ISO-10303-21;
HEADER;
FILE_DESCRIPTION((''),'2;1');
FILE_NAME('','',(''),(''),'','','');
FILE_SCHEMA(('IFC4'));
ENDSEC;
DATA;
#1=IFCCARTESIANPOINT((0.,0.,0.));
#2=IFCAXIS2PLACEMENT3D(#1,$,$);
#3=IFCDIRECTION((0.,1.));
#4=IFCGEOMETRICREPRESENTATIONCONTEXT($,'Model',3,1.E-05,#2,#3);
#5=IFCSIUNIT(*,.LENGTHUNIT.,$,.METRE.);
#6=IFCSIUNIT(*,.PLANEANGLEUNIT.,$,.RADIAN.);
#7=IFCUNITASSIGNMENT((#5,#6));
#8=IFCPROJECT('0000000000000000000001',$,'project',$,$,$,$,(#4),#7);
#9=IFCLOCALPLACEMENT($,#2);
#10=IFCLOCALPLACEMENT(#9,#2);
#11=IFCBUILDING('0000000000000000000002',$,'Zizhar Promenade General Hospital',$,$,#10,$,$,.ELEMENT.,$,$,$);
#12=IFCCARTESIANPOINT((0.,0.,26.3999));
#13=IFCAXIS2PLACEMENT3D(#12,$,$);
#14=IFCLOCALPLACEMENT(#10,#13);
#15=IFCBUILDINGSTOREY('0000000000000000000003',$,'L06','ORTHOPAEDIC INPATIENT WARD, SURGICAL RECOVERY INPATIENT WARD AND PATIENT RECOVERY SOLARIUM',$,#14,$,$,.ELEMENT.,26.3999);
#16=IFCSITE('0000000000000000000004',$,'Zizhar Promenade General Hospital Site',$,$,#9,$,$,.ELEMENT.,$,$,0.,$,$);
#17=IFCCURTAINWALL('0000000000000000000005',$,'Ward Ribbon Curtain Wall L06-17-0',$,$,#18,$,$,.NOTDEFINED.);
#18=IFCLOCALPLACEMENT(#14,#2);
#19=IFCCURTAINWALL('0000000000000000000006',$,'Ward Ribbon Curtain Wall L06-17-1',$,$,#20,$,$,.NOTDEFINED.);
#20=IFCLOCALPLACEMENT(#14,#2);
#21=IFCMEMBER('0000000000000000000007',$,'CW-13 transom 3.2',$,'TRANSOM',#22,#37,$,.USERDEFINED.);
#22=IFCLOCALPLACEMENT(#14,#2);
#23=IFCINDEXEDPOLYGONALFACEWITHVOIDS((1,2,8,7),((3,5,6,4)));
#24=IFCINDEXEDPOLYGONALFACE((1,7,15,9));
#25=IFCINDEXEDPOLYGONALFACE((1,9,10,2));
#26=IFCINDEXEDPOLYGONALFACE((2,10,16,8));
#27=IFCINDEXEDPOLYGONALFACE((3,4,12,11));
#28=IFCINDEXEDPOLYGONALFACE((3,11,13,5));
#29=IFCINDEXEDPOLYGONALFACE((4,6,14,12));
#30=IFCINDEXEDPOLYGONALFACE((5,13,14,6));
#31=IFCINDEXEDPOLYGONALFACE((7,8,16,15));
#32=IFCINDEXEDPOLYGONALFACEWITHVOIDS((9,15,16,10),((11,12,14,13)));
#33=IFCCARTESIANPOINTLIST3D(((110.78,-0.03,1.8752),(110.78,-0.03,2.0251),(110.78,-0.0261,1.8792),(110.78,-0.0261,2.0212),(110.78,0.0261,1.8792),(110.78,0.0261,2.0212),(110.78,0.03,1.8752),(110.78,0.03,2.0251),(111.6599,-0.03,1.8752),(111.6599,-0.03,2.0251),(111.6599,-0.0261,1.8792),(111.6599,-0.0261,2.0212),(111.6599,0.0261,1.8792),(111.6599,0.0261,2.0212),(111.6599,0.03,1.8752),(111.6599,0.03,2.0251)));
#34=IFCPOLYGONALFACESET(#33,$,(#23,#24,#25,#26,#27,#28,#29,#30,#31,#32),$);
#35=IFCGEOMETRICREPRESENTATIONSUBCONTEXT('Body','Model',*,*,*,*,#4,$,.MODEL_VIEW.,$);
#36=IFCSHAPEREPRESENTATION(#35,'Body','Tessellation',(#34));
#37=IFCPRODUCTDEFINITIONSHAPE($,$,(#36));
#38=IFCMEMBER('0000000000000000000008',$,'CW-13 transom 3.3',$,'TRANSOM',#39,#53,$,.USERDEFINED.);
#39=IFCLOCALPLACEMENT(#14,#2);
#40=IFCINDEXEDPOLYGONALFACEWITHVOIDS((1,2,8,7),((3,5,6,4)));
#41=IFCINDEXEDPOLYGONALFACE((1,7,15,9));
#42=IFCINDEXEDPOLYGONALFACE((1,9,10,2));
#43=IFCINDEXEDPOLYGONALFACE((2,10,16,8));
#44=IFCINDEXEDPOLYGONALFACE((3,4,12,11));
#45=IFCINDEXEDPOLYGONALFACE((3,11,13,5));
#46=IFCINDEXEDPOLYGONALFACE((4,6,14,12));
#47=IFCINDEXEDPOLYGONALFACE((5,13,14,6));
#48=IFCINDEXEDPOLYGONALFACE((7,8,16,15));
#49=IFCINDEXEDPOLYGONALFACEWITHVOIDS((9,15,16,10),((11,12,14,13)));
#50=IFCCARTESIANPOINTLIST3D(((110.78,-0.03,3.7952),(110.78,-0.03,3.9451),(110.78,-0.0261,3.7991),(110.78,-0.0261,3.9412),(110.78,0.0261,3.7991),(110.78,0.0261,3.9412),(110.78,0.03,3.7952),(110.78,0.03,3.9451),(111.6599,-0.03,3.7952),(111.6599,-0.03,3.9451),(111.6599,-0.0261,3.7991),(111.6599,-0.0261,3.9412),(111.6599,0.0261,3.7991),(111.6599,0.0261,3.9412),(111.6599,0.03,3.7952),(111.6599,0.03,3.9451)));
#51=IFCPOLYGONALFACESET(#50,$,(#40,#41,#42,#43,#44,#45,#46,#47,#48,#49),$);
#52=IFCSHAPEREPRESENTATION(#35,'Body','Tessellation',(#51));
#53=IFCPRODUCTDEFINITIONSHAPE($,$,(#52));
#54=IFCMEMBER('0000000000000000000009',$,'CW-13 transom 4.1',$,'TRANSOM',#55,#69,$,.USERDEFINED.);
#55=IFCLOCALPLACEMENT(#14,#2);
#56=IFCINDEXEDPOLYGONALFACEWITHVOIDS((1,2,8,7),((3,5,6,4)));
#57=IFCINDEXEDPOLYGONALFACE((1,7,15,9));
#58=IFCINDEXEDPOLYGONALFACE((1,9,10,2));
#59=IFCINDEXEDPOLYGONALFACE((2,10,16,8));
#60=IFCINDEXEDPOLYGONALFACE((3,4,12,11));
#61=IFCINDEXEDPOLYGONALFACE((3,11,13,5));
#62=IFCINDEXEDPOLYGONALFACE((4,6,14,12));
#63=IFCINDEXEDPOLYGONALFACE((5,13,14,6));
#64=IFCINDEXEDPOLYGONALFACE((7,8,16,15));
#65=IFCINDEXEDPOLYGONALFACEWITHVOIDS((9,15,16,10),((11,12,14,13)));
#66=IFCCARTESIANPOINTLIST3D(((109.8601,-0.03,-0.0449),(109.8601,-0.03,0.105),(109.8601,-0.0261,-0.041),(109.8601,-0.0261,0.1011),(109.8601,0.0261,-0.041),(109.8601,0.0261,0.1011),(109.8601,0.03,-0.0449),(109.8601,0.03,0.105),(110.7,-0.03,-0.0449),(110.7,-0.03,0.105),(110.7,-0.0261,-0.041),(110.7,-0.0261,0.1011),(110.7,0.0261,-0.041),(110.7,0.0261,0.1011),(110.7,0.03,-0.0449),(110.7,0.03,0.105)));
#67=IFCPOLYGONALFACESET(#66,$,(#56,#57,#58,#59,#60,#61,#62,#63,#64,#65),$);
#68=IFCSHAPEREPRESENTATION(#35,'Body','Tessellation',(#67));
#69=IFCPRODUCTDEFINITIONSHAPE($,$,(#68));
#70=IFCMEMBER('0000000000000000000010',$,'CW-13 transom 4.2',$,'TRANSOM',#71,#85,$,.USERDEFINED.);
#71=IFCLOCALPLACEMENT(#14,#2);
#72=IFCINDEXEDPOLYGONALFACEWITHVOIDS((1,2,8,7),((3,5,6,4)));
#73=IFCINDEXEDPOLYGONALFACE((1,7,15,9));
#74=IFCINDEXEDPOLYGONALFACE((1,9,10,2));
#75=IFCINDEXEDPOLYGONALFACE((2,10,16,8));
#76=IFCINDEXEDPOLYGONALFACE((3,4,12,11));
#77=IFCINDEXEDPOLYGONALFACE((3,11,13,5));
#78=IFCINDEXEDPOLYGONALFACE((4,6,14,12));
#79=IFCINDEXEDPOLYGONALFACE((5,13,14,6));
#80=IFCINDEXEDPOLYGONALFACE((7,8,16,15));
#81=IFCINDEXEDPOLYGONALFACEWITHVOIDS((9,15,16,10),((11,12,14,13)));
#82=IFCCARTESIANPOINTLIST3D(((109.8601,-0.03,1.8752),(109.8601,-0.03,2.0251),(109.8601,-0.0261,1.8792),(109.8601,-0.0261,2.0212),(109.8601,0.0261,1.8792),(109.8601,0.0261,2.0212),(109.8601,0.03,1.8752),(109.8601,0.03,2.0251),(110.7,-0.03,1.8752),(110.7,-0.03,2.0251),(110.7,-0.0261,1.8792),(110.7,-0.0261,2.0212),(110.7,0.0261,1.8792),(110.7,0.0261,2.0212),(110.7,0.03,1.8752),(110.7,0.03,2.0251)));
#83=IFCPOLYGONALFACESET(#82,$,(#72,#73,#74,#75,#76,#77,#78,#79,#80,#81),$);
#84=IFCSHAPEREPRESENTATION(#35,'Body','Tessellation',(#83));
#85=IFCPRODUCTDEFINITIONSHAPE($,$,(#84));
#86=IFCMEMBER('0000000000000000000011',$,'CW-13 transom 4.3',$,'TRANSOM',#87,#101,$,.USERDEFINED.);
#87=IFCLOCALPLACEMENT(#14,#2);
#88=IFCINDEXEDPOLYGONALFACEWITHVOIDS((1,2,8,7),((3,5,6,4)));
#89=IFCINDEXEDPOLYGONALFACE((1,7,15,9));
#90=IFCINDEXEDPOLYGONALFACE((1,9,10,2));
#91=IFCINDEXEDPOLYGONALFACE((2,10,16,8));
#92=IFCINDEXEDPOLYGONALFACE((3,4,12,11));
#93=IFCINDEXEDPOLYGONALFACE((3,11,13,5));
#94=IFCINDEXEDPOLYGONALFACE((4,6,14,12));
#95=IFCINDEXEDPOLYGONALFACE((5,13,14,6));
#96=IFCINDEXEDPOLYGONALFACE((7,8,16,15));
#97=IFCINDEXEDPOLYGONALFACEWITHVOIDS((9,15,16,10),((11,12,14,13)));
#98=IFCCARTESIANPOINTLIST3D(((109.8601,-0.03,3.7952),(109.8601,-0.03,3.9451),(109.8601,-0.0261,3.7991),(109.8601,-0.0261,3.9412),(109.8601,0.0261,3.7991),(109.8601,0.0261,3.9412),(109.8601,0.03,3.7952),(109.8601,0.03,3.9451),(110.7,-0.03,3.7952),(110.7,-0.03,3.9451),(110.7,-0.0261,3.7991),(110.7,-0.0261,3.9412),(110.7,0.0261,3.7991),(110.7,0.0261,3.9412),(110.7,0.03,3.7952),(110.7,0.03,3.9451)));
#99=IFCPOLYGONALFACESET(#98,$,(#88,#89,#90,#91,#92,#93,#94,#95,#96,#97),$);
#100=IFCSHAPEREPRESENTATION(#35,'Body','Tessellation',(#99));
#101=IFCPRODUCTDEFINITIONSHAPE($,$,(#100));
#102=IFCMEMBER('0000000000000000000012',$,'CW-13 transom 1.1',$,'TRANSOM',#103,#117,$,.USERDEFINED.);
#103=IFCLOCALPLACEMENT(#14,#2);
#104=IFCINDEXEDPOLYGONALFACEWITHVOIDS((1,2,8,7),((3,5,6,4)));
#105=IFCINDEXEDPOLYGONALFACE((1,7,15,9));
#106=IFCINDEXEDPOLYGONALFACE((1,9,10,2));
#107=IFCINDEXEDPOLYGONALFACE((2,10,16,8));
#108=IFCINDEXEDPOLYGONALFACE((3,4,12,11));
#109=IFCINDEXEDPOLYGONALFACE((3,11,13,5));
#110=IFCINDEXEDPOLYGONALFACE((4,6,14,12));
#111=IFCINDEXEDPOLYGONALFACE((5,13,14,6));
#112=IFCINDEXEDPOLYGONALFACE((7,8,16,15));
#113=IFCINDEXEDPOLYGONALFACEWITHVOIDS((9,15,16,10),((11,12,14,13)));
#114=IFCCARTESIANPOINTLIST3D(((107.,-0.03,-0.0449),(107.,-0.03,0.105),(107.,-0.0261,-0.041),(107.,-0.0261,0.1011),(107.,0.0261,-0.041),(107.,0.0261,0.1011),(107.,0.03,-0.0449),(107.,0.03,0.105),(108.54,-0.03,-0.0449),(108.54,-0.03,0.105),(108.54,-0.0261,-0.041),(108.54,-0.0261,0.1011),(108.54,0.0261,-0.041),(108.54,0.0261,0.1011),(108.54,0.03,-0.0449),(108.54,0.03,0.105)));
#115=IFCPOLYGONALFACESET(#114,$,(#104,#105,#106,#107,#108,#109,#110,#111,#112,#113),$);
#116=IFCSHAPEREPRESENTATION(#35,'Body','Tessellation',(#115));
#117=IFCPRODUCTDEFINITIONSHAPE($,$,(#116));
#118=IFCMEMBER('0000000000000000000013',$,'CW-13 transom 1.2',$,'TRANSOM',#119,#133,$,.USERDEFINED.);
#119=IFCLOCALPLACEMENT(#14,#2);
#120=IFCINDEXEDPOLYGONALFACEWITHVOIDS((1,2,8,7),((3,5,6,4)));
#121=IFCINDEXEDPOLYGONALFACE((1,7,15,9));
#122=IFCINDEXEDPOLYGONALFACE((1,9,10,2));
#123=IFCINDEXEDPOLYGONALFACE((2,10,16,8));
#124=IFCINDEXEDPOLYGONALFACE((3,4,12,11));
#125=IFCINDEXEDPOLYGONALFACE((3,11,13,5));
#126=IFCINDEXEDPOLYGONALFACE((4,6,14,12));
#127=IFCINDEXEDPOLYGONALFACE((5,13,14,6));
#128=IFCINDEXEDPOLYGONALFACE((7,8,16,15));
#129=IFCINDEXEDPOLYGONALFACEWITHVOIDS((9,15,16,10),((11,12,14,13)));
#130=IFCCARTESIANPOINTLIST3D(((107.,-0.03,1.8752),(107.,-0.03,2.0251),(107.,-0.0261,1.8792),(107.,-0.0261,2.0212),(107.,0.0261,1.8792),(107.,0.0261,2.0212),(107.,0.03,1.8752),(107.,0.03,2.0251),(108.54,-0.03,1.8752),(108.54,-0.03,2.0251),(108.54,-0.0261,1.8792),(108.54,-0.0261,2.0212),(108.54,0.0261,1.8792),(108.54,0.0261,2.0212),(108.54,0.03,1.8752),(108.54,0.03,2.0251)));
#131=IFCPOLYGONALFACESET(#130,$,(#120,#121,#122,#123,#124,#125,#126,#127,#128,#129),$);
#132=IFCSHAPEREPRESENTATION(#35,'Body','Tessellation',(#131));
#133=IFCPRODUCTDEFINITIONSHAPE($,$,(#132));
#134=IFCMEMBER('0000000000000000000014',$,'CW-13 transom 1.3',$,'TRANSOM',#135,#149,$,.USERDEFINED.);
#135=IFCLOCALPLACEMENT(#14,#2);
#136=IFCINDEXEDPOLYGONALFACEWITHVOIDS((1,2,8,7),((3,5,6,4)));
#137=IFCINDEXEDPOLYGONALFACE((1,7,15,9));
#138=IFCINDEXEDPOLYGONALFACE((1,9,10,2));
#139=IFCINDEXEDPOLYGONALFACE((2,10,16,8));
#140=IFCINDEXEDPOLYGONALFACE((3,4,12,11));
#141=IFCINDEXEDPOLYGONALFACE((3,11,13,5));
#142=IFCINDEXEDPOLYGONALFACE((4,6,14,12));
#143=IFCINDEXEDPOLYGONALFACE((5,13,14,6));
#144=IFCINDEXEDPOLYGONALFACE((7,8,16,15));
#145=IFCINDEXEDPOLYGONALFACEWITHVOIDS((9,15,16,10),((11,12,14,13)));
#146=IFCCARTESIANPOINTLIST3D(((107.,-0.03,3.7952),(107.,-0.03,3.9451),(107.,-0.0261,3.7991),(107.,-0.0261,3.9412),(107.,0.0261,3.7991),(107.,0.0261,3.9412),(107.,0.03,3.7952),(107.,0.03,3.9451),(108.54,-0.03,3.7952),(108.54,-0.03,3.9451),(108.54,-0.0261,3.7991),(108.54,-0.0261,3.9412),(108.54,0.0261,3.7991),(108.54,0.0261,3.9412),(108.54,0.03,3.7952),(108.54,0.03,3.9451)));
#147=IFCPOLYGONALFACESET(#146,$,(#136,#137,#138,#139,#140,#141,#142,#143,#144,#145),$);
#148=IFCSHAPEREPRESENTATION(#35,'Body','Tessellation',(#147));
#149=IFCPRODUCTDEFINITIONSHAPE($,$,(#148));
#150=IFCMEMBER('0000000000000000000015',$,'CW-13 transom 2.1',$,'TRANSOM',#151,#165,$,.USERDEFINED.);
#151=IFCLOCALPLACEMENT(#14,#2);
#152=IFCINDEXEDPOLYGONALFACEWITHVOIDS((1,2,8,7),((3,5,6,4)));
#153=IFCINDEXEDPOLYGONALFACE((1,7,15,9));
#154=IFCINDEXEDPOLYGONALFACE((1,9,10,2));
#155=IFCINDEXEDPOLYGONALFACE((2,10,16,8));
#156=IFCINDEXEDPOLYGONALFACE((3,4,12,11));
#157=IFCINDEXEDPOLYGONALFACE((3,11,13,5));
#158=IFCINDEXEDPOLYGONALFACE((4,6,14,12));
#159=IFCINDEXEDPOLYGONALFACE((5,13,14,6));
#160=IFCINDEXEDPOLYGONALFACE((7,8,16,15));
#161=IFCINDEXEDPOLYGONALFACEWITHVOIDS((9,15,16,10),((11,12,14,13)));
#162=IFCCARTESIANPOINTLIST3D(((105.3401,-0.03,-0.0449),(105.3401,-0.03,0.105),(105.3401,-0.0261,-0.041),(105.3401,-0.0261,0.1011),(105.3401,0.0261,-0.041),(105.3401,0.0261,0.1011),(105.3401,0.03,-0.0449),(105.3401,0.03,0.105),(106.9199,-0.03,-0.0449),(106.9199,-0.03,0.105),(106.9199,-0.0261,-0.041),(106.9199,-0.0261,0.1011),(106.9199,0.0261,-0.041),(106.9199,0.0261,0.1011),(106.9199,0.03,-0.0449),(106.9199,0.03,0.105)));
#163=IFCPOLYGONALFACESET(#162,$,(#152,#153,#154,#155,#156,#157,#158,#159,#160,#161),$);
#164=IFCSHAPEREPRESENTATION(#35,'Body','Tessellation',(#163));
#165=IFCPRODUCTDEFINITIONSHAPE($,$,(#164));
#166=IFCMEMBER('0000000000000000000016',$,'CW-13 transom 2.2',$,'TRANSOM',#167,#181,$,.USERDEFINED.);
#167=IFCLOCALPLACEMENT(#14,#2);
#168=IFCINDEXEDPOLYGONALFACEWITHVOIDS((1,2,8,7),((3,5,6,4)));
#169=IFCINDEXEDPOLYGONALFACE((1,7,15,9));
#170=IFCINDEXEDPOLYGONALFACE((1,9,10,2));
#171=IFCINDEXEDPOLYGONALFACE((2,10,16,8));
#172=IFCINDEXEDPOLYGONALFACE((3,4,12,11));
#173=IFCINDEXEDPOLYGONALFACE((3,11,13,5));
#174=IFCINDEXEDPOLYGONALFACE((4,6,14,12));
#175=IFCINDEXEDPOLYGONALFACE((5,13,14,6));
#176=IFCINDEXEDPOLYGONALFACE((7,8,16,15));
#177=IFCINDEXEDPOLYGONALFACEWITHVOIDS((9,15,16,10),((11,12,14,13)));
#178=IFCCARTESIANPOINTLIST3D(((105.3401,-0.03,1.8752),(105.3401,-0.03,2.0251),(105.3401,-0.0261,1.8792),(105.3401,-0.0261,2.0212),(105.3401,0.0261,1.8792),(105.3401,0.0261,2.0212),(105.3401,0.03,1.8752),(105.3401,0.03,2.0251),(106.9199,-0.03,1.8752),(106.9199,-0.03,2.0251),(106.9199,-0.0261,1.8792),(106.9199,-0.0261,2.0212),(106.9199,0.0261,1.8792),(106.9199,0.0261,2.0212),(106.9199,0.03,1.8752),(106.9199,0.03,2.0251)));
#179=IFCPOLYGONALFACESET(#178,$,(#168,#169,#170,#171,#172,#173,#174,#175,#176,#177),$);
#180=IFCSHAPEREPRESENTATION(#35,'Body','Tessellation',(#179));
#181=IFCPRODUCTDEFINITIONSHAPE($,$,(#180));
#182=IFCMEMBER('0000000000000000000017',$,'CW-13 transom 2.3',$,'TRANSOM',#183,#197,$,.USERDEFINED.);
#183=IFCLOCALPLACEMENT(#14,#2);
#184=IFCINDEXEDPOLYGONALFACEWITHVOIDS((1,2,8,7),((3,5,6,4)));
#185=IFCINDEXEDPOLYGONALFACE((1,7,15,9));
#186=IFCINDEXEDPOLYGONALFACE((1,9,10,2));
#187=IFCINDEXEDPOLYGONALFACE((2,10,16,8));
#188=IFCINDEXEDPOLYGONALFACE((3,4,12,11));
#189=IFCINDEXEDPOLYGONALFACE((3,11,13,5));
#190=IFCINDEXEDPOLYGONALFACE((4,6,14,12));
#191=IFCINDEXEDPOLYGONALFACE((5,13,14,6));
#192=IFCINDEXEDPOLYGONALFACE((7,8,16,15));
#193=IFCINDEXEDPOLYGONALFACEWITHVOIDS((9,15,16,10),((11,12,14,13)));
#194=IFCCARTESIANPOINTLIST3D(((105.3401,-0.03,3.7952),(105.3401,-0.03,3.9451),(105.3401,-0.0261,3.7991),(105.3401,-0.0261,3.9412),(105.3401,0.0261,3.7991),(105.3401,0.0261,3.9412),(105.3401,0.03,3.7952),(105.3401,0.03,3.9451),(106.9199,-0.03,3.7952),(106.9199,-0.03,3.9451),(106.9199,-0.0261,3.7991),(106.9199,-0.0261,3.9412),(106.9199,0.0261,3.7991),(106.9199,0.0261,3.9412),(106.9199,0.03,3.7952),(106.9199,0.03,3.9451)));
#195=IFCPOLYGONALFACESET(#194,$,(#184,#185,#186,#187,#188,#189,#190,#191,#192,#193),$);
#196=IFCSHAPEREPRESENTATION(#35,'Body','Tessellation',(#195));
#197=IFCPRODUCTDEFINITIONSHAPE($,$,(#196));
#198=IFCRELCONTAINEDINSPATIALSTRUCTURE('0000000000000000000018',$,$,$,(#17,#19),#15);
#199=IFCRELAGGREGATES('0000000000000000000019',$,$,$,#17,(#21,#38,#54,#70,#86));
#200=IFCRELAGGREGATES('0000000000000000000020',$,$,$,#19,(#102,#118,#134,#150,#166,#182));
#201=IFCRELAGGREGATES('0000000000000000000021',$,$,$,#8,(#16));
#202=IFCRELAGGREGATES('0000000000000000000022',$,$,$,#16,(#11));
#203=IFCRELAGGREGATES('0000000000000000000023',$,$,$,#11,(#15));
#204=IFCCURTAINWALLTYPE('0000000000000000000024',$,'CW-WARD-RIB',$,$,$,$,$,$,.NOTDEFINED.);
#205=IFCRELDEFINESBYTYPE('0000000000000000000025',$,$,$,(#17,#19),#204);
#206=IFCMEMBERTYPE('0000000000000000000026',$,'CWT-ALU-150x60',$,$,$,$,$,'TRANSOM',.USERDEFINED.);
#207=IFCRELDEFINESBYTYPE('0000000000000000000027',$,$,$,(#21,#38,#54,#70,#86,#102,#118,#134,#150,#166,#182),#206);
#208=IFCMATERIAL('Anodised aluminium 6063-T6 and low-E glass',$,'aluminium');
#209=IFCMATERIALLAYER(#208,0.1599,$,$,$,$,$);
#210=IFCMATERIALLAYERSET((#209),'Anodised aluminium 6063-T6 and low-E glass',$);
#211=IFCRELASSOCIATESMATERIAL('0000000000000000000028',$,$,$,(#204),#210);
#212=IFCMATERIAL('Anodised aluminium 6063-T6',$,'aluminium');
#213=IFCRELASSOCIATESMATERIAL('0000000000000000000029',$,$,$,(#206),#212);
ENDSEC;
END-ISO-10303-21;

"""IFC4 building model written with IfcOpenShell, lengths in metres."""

from ifc_helpers import new_model, si_unit, direction, frame, origin, origin_2d, place, context, subcontext, project, spatial, hollow_rectangle, extrude, material, layer, layer_set, material_profile, profile_set, type_object, element, aggregate, save


model = new_model("IFC4")

# Units and contexts
model_context = context("Model", 3, precision=1e-05, world=origin(), true_north=direction((0.0, 1.0)))
body_context = subcontext(model_context, "Body", "Model", "MODEL_VIEW")
ifc_project = project(units=[si_unit("LENGTHUNIT", "METRE"), si_unit("PLANEANGLEUNIT", "RADIAN")], contexts=[model_context])

# Site, building, storey
site_placement = place(None, origin())
site = spatial("IfcSite", under=ifc_project, at=site_placement, Name="Zizhar Promenade General Hospital Site", CompositionType="ELEMENT", RefElevation=0.0)
building_placement = place(site_placement, origin())
building = spatial("IfcBuilding", under=site, at=building_placement, Name="Zizhar Promenade General Hospital", CompositionType="ELEMENT")
storey_placement = place(building_placement, frame((0.0, 0.0, 26.3999)))
storey = spatial("IfcBuildingStorey", under=building, at=storey_placement, Name="L06", Description="ORTHOPAEDIC INPATIENT WARD, SURGICAL RECOVERY INPATIENT WARD AND PATIENT RECOVERY SOLARIUM", CompositionType="ELEMENT", Elevation=26.3999)

# Curtain walls
ifc_material_1 = material(Name="Anodised aluminium 6063-T6 and low-E glass", Category="aluminium")
ifc_layer_1 = layer(ifc_material_1, 0.1599)
ifc_layer_set_1 = layer_set([ifc_layer_1], Name="Anodised aluminium 6063-T6 and low-E glass")
curtain_wall_type = type_object("IfcCurtainWallType", Name="CW-WARD-RIB", PredefinedType="NOTDEFINED", material=ifc_layer_set_1)
curtain_wall_1_placement = place(storey_placement, origin())
curtain_wall_1 = element("IfcCurtainWall", 1, at=curtain_wall_1_placement, inside=storey, type_object=curtain_wall_type, Name="Ward Ribbon Curtain Wall L06-17-0", PredefinedType="NOTDEFINED")
curtain_wall_2_placement = place(storey_placement, origin())
curtain_wall_2 = element("IfcCurtainWall", 2, at=curtain_wall_2_placement, inside=storey, type_object=curtain_wall_type, Name="Ward Ribbon Curtain Wall L06-17-1", PredefinedType="NOTDEFINED")

# Members
ifc_material_2 = material(Name="Anodised aluminium 6063-T6", Category="aluminium")
ifc_material_profile_1 = material_profile(ifc_material_2, hollow_rectangle(XDim=0.0601, YDim=0.1499, WallThickness=0.0039, at=origin_2d()))
ifc_profile_set_1 = profile_set([ifc_material_profile_1], Name="Anodised aluminium 6063-T6")
member_type_1 = type_object("IfcMemberType", Name="CWT-ALU-150x60", ElementType="TRANSOM", PredefinedType="USERDEFINED", material=ifc_profile_set_1)
member_1_placement = place(storey_placement, frame((111.6599, 0.0, 1.9502), z_axis=(-1.0, 0.0, 0.0), x_axis=(0.0, -1.0, 0.0)))
member_1 = element("IfcMember", 3, at=member_1_placement, type_object=member_type_1, Name="CW-13 transom 3.2", ObjectType="TRANSOM", PredefinedType="USERDEFINED", context=body_context, shape_type="SweptSolid", body=[
    extrude(hollow_rectangle(XDim=0.0601, YDim=0.1499, WallThickness=0.0039, at=origin_2d()), origin(), (0.0, 0.0, 1.0), 0.8799),
])
member_2_placement = place(storey_placement, frame((111.6599, 0.0, 3.8701), z_axis=(-1.0, 0.0, 0.0), x_axis=(0.0, -1.0, 0.0)))
member_2 = element("IfcMember", 4, at=member_2_placement, type_object=member_type_1, Name="CW-13 transom 3.3", ObjectType="TRANSOM", PredefinedType="USERDEFINED", context=body_context, shape_type="SweptSolid", body=[
    extrude(hollow_rectangle(XDim=0.0601, YDim=0.1499, WallThickness=0.0039, at=origin_2d()), origin(), (0.0, 0.0, 1.0), 0.8799),
])
member_3_placement = place(storey_placement, frame((110.7, 0.0, 0.03), z_axis=(-1.0, 0.0, 0.0), x_axis=(0.0, -1.0, 0.0)))
member_3 = element("IfcMember", 5, at=member_3_placement, type_object=member_type_1, Name="CW-13 transom 4.1", ObjectType="TRANSOM", PredefinedType="USERDEFINED", context=body_context, shape_type="SweptSolid", body=[
    extrude(hollow_rectangle(XDim=0.0601, YDim=0.1499, WallThickness=0.0039, at=origin_2d()), origin(), (0.0, 0.0, 1.0), 0.8398),
])
member_4_placement = place(storey_placement, frame((110.7, 0.0, 1.9502), z_axis=(-1.0, 0.0, 0.0), x_axis=(0.0, -1.0, 0.0)))
member_4 = element("IfcMember", 6, at=member_4_placement, type_object=member_type_1, Name="CW-13 transom 4.2", ObjectType="TRANSOM", PredefinedType="USERDEFINED", context=body_context, shape_type="SweptSolid", body=[
    extrude(hollow_rectangle(XDim=0.0601, YDim=0.1499, WallThickness=0.0039, at=origin_2d()), origin(), (0.0, 0.0, 1.0), 0.8398),
])
member_5_placement = place(storey_placement, frame((110.7, 0.0, 3.8701), z_axis=(-1.0, 0.0, 0.0), x_axis=(0.0, -1.0, 0.0)))
member_5 = element("IfcMember", 7, at=member_5_placement, type_object=member_type_1, Name="CW-13 transom 4.3", ObjectType="TRANSOM", PredefinedType="USERDEFINED", context=body_context, shape_type="SweptSolid", body=[
    extrude(hollow_rectangle(XDim=0.0601, YDim=0.1499, WallThickness=0.0039, at=origin_2d()), origin(), (0.0, 0.0, 1.0), 0.8398),
])
member_6_placement = place(storey_placement, frame((108.54, 0.0, 0.03), z_axis=(-1.0, 0.0, 0.0), x_axis=(0.0, -1.0, 0.0)))
member_6 = element("IfcMember", 8, at=member_6_placement, type_object=member_type_1, Name="CW-13 transom 1.1", ObjectType="TRANSOM", PredefinedType="USERDEFINED", context=body_context, shape_type="SweptSolid", body=[
    extrude(hollow_rectangle(XDim=0.0601, YDim=0.1499, WallThickness=0.0039, at=origin_2d()), origin(), (0.0, 0.0, 1.0), 1.54),
])
member_7_placement = place(storey_placement, frame((108.54, 0.0, 1.9502), z_axis=(-1.0, 0.0, 0.0), x_axis=(0.0, -1.0, 0.0)))
member_7 = element("IfcMember", 9, at=member_7_placement, type_object=member_type_1, Name="CW-13 transom 1.2", ObjectType="TRANSOM", PredefinedType="USERDEFINED", context=body_context, shape_type="SweptSolid", body=[
    extrude(hollow_rectangle(XDim=0.0601, YDim=0.1499, WallThickness=0.0039, at=origin_2d()), origin(), (0.0, 0.0, 1.0), 1.54),
])
member_8_placement = place(storey_placement, frame((108.54, 0.0, 3.8701), z_axis=(-1.0, 0.0, 0.0), x_axis=(0.0, -1.0, 0.0)))
member_8 = element("IfcMember", 10, at=member_8_placement, type_object=member_type_1, Name="CW-13 transom 1.3", ObjectType="TRANSOM", PredefinedType="USERDEFINED", context=body_context, shape_type="SweptSolid", body=[
    extrude(hollow_rectangle(XDim=0.0601, YDim=0.1499, WallThickness=0.0039, at=origin_2d()), origin(), (0.0, 0.0, 1.0), 1.54),
])
member_9_placement = place(storey_placement, frame((106.9199, 0.0, 0.03), z_axis=(-1.0, 0.0, 0.0), x_axis=(0.0, -1.0, 0.0)))
member_9 = element("IfcMember", 11, at=member_9_placement, type_object=member_type_1, Name="CW-13 transom 2.1", ObjectType="TRANSOM", PredefinedType="USERDEFINED", context=body_context, shape_type="SweptSolid", body=[
    extrude(hollow_rectangle(XDim=0.0601, YDim=0.1499, WallThickness=0.0039, at=origin_2d()), origin(), (0.0, 0.0, 1.0), 1.5798),
])
member_10_placement = place(storey_placement, frame((106.9199, 0.0, 1.9502), z_axis=(-1.0, 0.0, 0.0), x_axis=(0.0, -1.0, 0.0)))
member_10 = element("IfcMember", 12, at=member_10_placement, type_object=member_type_1, Name="CW-13 transom 2.2", ObjectType="TRANSOM", PredefinedType="USERDEFINED", context=body_context, shape_type="SweptSolid", body=[
    extrude(hollow_rectangle(XDim=0.0601, YDim=0.1499, WallThickness=0.0039, at=origin_2d()), origin(), (0.0, 0.0, 1.0), 1.5798),
])
member_11_placement = place(storey_placement, frame((106.9199, 0.0, 3.8701), z_axis=(-1.0, 0.0, 0.0), x_axis=(0.0, -1.0, 0.0)))
member_11 = element("IfcMember", 13, at=member_11_placement, type_object=member_type_1, Name="CW-13 transom 2.3", ObjectType="TRANSOM", PredefinedType="USERDEFINED", context=body_context, shape_type="SweptSolid", body=[
    extrude(hollow_rectangle(XDim=0.0601, YDim=0.1499, WallThickness=0.0039, at=origin_2d()), origin(), (0.0, 0.0, 1.0), 1.5798),
])

aggregate(curtain_wall_1, [member_1, member_2, member_3, member_4, member_5])
aggregate(curtain_wall_2, [member_6, member_7, member_8, member_9, member_10, member_11])

save(model, "model.ifc")
